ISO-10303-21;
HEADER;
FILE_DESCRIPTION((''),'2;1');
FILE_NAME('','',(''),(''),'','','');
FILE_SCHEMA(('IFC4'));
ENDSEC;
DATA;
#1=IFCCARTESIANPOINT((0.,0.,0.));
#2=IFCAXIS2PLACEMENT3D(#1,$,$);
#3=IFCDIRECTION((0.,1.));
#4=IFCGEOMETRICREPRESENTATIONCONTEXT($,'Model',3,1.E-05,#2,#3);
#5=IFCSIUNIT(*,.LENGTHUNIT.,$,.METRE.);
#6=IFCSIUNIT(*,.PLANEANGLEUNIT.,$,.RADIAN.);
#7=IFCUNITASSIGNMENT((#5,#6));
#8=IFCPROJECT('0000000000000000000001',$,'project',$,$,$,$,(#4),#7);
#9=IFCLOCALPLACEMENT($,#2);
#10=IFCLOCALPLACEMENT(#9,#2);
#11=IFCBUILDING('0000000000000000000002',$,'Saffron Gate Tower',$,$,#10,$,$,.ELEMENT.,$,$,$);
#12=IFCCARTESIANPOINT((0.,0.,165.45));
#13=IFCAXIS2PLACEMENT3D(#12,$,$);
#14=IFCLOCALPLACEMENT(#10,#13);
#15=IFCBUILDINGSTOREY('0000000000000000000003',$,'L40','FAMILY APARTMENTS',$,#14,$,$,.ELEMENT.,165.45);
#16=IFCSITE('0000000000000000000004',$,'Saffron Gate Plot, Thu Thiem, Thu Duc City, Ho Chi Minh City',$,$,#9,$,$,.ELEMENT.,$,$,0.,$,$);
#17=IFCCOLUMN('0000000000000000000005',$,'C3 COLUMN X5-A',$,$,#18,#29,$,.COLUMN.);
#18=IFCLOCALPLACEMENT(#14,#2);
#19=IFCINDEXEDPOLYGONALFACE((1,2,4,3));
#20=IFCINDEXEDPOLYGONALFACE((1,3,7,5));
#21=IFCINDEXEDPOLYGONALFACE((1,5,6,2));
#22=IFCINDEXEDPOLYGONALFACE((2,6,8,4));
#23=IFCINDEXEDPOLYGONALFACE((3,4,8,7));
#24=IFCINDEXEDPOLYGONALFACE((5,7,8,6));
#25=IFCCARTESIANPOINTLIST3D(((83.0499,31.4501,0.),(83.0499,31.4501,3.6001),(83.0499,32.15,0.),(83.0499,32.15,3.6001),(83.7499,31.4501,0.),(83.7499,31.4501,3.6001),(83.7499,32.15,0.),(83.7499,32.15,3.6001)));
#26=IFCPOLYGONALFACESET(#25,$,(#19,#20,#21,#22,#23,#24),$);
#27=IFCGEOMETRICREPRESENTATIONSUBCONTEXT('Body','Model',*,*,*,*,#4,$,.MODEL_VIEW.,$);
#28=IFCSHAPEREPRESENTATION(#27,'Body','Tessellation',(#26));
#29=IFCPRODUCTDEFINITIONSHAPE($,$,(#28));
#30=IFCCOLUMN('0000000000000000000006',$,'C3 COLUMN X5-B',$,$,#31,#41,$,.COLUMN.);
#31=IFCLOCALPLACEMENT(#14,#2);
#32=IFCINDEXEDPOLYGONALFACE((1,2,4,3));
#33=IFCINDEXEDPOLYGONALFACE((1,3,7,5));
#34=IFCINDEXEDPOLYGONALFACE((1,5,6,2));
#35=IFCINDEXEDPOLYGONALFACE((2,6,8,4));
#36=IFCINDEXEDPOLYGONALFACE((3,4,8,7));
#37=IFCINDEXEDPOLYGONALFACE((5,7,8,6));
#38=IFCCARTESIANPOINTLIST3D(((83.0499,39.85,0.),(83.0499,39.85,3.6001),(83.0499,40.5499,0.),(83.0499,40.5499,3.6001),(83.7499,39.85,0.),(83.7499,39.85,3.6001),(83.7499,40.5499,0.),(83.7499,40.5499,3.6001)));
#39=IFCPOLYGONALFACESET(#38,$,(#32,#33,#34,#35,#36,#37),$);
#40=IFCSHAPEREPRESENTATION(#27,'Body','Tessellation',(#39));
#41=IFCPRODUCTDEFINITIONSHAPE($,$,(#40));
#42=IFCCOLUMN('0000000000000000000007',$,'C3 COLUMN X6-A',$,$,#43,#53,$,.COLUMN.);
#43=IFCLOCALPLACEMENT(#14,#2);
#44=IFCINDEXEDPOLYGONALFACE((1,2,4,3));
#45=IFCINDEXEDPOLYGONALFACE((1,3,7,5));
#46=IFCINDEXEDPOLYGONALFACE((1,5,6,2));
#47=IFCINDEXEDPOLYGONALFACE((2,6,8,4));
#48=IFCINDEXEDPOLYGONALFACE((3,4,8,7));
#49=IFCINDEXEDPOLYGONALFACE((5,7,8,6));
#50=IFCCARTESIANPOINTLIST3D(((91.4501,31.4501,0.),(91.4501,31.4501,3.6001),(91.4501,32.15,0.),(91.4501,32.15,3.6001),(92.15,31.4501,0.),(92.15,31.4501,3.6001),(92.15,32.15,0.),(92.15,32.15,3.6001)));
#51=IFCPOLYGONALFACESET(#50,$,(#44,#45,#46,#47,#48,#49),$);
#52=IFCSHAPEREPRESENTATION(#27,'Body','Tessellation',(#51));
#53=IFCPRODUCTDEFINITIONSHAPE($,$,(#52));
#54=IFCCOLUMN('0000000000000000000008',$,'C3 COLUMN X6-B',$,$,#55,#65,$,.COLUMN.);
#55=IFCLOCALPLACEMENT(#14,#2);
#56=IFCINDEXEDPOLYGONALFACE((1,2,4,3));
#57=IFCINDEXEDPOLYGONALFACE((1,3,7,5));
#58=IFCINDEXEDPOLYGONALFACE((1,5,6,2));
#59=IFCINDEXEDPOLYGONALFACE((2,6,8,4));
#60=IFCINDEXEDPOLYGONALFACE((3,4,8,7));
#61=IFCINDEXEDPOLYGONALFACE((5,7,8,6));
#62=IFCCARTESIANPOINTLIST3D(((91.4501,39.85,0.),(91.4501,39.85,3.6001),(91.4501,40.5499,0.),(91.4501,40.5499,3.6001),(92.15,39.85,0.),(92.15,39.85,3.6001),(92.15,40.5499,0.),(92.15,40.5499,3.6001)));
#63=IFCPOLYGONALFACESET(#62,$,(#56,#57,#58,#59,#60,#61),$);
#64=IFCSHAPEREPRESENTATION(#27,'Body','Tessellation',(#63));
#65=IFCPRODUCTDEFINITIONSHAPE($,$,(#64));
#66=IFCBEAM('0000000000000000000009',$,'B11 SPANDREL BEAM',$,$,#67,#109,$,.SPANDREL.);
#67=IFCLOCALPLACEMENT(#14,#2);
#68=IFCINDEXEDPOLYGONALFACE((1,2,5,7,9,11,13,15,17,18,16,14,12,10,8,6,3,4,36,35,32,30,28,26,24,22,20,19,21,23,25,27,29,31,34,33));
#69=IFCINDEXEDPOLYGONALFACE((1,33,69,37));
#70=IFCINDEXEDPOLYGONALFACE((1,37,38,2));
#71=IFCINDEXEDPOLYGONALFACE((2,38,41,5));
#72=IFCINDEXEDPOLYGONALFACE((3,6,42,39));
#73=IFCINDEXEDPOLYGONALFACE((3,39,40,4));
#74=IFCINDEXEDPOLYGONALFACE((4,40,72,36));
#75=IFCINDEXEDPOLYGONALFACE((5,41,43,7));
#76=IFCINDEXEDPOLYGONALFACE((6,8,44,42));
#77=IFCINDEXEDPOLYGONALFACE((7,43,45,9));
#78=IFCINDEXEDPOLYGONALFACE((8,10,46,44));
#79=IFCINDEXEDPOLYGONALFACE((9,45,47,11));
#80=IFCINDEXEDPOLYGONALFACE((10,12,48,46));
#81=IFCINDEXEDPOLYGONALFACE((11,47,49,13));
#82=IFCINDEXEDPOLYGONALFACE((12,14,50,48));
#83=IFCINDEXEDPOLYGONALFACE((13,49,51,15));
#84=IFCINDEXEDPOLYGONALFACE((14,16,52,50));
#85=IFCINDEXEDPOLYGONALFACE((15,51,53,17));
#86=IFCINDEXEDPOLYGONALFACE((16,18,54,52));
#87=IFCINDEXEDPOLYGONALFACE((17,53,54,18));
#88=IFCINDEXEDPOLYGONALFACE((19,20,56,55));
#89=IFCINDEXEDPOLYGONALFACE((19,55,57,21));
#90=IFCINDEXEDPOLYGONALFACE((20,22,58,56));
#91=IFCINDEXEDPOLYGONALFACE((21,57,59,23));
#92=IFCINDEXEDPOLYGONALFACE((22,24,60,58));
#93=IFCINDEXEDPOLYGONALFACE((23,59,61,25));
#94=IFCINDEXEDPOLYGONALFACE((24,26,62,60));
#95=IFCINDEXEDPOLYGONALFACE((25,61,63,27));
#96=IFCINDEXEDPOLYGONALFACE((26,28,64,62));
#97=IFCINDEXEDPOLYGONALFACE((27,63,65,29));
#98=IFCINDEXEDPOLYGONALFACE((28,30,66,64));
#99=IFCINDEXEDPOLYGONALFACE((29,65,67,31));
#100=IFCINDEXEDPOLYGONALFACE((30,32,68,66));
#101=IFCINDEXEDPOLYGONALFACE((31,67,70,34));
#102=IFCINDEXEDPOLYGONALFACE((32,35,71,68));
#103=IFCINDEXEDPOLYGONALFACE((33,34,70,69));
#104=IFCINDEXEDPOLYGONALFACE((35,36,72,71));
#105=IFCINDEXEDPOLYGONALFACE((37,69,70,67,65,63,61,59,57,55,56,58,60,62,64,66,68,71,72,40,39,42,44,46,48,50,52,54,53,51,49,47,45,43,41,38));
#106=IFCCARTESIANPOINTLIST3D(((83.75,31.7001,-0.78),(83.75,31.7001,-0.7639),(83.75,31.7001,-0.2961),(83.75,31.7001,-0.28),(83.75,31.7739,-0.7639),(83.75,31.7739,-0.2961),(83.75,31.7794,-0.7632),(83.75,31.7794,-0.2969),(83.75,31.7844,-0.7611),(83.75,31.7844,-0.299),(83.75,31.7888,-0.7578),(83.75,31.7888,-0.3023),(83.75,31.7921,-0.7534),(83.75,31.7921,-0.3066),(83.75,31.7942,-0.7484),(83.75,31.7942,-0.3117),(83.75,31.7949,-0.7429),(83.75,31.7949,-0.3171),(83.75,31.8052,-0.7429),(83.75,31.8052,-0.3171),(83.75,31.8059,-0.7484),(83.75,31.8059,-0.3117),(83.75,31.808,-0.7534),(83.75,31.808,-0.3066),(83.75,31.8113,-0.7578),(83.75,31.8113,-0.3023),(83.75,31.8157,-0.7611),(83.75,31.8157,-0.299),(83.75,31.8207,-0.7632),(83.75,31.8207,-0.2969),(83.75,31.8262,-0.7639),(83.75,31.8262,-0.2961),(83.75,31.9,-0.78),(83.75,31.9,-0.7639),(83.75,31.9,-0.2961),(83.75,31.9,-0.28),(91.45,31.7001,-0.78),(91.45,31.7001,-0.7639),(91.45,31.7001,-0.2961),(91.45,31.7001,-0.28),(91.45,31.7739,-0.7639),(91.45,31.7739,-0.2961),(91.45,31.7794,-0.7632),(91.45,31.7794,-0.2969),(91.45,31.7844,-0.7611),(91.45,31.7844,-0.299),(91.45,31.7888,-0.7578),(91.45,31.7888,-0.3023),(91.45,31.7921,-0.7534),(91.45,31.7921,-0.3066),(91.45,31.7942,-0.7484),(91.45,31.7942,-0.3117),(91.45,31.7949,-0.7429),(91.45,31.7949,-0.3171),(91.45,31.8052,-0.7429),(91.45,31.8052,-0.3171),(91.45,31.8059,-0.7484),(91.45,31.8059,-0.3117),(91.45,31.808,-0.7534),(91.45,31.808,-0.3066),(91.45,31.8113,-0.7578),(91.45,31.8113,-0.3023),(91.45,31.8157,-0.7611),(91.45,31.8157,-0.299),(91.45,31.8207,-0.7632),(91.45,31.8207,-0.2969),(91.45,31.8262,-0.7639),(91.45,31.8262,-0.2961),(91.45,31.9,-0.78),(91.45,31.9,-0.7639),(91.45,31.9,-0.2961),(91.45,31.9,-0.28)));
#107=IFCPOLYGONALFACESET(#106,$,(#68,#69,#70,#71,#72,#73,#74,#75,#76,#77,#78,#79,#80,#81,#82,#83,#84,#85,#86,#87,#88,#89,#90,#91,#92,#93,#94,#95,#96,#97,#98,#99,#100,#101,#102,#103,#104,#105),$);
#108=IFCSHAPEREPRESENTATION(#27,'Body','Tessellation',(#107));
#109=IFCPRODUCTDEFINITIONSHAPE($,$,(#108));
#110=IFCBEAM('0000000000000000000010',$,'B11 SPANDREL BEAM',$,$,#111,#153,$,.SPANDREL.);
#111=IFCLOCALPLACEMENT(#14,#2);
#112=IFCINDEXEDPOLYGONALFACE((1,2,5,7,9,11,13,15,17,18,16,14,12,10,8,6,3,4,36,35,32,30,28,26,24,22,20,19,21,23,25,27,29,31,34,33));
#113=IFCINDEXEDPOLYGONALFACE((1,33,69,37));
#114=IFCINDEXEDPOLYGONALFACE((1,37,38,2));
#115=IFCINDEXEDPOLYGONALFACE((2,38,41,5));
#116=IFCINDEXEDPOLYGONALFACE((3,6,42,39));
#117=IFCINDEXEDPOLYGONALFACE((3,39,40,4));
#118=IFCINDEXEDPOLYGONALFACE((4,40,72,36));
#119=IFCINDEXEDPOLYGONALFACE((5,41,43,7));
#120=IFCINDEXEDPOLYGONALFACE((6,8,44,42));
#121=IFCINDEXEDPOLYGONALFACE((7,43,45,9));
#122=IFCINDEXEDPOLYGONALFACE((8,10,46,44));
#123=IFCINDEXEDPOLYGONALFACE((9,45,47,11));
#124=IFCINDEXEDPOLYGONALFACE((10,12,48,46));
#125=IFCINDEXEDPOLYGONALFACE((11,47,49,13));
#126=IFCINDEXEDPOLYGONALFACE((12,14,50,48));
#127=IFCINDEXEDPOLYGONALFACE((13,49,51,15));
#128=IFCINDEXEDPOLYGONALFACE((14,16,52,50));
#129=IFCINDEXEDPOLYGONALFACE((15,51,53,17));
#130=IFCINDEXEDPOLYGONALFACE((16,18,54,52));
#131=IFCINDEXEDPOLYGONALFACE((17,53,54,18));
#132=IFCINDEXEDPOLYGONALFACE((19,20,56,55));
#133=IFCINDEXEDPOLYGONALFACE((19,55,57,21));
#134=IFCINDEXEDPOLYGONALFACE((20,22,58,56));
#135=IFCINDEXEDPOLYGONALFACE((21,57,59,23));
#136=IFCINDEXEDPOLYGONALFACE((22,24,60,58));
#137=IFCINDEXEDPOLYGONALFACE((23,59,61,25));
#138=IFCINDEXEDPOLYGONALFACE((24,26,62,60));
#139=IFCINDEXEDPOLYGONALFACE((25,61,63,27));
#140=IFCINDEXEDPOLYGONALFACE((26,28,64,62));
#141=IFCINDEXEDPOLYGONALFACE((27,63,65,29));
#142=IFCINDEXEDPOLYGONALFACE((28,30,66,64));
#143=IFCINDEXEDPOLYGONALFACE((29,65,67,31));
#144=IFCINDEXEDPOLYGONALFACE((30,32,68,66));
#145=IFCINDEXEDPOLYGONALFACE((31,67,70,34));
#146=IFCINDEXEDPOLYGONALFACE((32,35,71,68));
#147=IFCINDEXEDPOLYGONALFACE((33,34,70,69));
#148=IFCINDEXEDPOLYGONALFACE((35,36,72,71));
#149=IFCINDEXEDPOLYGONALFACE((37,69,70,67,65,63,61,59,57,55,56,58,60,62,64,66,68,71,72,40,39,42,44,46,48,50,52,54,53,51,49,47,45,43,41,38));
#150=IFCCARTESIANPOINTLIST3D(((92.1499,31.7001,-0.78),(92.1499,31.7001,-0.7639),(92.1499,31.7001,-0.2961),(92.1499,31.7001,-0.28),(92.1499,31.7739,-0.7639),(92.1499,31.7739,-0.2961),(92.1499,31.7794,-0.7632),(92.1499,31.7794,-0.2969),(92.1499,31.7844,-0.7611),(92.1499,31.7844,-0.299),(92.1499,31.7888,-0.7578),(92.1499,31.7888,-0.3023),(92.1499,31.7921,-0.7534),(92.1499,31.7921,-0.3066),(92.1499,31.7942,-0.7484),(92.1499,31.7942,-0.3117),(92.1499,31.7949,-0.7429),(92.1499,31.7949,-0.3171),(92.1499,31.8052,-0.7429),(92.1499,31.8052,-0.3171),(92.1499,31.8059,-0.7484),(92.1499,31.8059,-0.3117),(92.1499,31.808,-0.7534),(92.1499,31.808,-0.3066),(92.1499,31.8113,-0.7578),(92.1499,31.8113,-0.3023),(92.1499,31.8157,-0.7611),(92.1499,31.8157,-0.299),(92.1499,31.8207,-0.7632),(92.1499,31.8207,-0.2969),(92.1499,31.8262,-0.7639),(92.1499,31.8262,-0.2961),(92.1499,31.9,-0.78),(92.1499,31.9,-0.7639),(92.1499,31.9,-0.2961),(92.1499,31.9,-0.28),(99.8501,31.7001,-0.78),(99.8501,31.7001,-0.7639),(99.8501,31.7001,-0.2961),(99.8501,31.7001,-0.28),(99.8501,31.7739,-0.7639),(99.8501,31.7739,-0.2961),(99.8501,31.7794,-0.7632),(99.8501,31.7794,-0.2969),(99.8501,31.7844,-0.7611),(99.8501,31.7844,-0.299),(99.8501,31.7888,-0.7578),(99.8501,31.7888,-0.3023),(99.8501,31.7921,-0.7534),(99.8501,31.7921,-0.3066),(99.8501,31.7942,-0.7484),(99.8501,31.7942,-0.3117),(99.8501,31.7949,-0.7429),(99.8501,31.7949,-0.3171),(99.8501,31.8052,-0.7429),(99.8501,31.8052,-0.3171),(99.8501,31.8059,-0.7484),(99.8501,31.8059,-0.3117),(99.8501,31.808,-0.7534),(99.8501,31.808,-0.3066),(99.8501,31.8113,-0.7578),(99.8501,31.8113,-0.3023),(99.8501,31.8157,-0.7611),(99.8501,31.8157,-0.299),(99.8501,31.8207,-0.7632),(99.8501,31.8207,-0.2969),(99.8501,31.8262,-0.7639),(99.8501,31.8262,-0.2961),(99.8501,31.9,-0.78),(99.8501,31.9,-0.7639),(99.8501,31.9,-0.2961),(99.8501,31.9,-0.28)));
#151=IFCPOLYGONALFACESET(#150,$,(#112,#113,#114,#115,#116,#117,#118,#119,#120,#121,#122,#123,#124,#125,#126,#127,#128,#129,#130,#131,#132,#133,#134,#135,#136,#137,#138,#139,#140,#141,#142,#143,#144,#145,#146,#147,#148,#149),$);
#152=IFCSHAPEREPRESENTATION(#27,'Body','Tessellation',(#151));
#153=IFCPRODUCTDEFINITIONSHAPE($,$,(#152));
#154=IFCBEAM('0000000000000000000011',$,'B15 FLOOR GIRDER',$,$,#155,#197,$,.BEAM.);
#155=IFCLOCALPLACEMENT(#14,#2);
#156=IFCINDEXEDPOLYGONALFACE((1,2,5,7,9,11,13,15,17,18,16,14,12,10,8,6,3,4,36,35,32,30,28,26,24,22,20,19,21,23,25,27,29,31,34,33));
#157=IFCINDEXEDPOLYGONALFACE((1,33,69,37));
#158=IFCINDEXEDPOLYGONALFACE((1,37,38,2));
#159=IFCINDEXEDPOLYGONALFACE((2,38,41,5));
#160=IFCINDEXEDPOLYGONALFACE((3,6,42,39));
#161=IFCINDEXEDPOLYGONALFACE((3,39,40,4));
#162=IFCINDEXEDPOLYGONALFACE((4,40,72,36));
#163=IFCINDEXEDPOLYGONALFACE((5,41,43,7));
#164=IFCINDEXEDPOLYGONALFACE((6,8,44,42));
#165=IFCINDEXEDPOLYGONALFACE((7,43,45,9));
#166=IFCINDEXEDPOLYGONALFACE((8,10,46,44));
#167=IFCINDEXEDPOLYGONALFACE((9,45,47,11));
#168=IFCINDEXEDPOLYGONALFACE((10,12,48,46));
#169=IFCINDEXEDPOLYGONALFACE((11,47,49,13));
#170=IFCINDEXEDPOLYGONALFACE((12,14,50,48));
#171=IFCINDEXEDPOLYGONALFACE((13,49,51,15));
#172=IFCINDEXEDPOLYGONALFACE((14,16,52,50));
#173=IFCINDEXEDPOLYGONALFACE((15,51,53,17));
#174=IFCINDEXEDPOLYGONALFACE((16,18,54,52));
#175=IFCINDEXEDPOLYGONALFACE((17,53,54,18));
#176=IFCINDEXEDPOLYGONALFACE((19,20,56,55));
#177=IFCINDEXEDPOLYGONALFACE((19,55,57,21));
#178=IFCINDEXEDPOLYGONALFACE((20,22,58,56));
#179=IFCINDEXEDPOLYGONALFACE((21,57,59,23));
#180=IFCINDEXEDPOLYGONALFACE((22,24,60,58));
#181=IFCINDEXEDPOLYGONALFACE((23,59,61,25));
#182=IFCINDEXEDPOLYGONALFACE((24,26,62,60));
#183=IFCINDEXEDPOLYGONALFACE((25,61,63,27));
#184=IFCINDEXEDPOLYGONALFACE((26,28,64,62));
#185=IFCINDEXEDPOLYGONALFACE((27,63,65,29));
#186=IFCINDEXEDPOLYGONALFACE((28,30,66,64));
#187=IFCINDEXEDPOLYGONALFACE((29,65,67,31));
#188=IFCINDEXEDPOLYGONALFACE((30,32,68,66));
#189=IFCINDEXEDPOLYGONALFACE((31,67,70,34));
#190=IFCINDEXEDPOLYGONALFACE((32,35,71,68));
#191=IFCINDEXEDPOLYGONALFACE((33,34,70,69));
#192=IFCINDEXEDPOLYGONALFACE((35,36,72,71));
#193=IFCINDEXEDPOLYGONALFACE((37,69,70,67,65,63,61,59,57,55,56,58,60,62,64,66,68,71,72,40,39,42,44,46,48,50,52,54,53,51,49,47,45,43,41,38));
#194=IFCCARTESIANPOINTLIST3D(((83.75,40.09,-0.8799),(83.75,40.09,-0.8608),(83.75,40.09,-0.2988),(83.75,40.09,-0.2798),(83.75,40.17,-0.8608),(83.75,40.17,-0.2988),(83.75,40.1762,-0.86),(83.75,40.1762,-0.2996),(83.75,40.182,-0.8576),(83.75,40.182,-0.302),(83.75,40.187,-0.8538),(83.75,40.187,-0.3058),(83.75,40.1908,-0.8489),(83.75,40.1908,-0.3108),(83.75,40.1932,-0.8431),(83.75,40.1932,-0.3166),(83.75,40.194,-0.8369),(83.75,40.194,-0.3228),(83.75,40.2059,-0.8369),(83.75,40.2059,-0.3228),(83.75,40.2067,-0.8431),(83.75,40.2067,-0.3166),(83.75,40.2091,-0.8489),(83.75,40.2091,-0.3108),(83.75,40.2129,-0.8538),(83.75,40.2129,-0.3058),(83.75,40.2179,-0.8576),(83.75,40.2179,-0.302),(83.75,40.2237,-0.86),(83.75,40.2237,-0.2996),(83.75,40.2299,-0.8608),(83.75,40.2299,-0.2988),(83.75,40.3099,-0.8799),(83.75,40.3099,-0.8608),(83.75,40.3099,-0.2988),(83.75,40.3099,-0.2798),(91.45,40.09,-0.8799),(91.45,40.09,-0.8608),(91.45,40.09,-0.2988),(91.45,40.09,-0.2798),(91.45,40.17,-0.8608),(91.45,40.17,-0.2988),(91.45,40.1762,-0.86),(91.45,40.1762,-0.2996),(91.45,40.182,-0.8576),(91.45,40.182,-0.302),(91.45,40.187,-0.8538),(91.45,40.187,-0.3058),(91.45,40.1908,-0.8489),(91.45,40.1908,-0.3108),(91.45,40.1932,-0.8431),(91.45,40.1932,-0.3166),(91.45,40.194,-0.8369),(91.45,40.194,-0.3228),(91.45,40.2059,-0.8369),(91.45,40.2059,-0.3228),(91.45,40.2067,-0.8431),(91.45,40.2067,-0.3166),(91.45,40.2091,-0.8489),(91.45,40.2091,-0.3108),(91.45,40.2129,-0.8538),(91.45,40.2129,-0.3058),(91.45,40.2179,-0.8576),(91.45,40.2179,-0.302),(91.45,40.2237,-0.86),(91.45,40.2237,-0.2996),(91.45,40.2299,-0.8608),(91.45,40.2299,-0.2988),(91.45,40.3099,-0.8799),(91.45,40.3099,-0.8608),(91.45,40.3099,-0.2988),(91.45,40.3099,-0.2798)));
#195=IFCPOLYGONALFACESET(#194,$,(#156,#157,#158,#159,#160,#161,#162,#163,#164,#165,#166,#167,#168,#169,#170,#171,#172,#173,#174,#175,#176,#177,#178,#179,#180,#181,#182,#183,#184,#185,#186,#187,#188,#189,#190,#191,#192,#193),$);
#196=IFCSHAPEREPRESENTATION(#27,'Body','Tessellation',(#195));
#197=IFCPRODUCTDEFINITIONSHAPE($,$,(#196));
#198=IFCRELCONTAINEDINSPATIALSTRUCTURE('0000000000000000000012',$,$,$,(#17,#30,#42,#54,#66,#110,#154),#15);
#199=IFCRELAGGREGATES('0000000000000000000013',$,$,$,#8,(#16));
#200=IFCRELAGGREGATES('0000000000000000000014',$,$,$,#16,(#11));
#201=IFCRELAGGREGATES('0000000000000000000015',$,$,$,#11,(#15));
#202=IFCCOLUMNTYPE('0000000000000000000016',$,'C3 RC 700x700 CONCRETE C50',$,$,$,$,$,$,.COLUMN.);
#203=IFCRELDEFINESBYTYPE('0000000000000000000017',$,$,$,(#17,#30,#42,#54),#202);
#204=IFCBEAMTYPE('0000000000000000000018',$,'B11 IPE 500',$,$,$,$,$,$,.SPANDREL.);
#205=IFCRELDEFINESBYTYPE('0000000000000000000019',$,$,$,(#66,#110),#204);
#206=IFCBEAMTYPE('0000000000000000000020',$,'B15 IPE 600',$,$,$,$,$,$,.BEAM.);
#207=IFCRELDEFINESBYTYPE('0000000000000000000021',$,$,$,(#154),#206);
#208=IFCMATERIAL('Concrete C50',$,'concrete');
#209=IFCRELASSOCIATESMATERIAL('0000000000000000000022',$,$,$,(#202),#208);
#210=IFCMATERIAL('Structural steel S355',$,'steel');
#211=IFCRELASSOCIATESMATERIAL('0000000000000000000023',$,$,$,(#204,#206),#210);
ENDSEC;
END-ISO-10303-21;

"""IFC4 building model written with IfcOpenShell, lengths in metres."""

from ifc_helpers import new_model, si_unit, direction, frame, origin, origin_2d, place, context, subcontext, project, spatial, rectangle, i_section, extrude, material, material_profile, profile_set, type_object, element, save


model = new_model("IFC4")

# Units and contexts
model_context = context("Model", 3, precision=1e-05, world=origin(), true_north=direction((0.0, 1.0)))
body_context = subcontext(model_context, "Body", "Model", "MODEL_VIEW")
ifc_project = project(units=[si_unit("LENGTHUNIT", "METRE"), si_unit("PLANEANGLEUNIT", "RADIAN")], contexts=[model_context])

# Site, building, storey
site_placement = place(None, origin())
site = spatial("IfcSite", under=ifc_project, at=site_placement, Name="Saffron Gate Plot, Thu Thiem, Thu Duc City, Ho Chi Minh City", CompositionType="ELEMENT", RefElevation=0.0)
building_placement = place(site_placement, origin())
building = spatial("IfcBuilding", under=site, at=building_placement, Name="Saffron Gate Tower", CompositionType="ELEMENT")
storey_placement = place(building_placement, frame((0.0, 0.0, 165.45)))
storey = spatial("IfcBuildingStorey", under=building, at=storey_placement, Name="L40", Description="FAMILY APARTMENTS", CompositionType="ELEMENT", Elevation=165.45)

# Columns
ifc_material_1 = material(Name="Concrete C50", Category="concrete")
ifc_material_profile_1 = material_profile(ifc_material_1, rectangle(XDim=0.7, YDim=0.7, at=origin_2d()))
ifc_profile_set_1 = profile_set([ifc_material_profile_1], Name="Concrete C50")
column_type = type_object("IfcColumnType", Name="C3 RC 700x700 CONCRETE C50", PredefinedType="COLUMN", material=ifc_profile_set_1)
for number, where, z_axis, x_axis, name in (
    (1, (83.3999, 31.8, 0.0), (0.0, 0.0, 1.0), (1.0, 0.0, 0.0), "C3 COLUMN X5-A"),
    (2, (83.3999, 40.2, 0.0), (0.0, 0.0, 1.0), (1.0, 0.0, 0.0), "C3 COLUMN X5-B"),
    (3, (91.8, 31.8, 0.0), (0.0, 0.0, 1.0), (1.0, 0.0, 0.0), "C3 COLUMN X6-A"),
    (4, (91.8, 40.2, 0.0), (0.0, 0.0, 1.0), (1.0, 0.0, 0.0), "C3 COLUMN X6-B"),
):
    element("IfcColumn", number, at=place(storey_placement, frame(where, z_axis=z_axis, x_axis=x_axis)), inside=storey, type_object=column_type, Name=name, PredefinedType="COLUMN", context=body_context, shape_type="SweptSolid", body=[
        extrude(rectangle(XDim=0.7, YDim=0.7, at=origin_2d()), origin(), (0.0, 0.0, 1.0), 3.6001),
    ])

# Beams
ifc_material_2 = material(Name="Structural steel S355", Category="steel")
ifc_material_profile_2 = material_profile(ifc_material_2, i_section(OverallWidth=0.2, OverallDepth=0.5, WebThickness=0.0103, FlangeThickness=0.0161, FilletRadius=0.021, at=origin_2d()))
ifc_profile_set_2 = profile_set([ifc_material_profile_2], Name="Structural steel S355")
beam_type_1 = type_object("IfcBeamType", Name="B11 IPE 500", PredefinedType="SPANDREL", material=ifc_profile_set_2)
beam_1_placement = place(storey_placement, frame((83.75, 31.8, -0.53), z_axis=(1.0, 0.0, 0.0), x_axis=(0.0, 1.0, 0.0)))
element("IfcBeam", 5, at=beam_1_placement, inside=storey, type_object=beam_type_1, Name="B11 SPANDREL BEAM", PredefinedType="SPANDREL", context=body_context, shape_type="SweptSolid", body=[
    extrude(i_section(OverallWidth=0.2, OverallDepth=0.5, WebThickness=0.0103, FlangeThickness=0.0161, FilletRadius=0.021, at=origin_2d()), origin(), (0.0, 0.0, 1.0), 7.7),
])
beam_2_placement = place(storey_placement, frame((92.1499, 31.8, -0.53), z_axis=(1.0, 0.0, 0.0), x_axis=(0.0, 1.0, 0.0)))
element("IfcBeam", 6, at=beam_2_placement, inside=storey, type_object=beam_type_1, Name="B11 SPANDREL BEAM", PredefinedType="SPANDREL", context=body_context, shape_type="SweptSolid", body=[
    extrude(i_section(OverallWidth=0.2, OverallDepth=0.5, WebThickness=0.0103, FlangeThickness=0.0161, FilletRadius=0.021, at=origin_2d()), origin(), (0.0, 0.0, 1.0), 7.7002),
])
ifc_material_profile_3 = material_profile(ifc_material_2, i_section(OverallWidth=0.22, OverallDepth=0.6001, WebThickness=0.012, FlangeThickness=0.019, FilletRadius=0.0239, at=origin_2d()))
ifc_profile_set_3 = profile_set([ifc_material_profile_3], Name="Structural steel S355")
beam_type_2 = type_object("IfcBeamType", Name="B15 IPE 600", PredefinedType="BEAM", material=ifc_profile_set_3)
beam_3_placement = place(storey_placement, frame((83.75, 40.2, -0.5798), z_axis=(1.0, 0.0, 0.0), x_axis=(0.0, 1.0, 0.0)))
element("IfcBeam", 7, at=beam_3_placement, inside=storey, type_object=beam_type_2, Name="B15 FLOOR GIRDER", PredefinedType="BEAM", context=body_context, shape_type="SweptSolid", body=[
    extrude(i_section(OverallWidth=0.22, OverallDepth=0.6001, WebThickness=0.012, FlangeThickness=0.019, FilletRadius=0.0239, at=origin_2d()), origin(), (0.0, 0.0, 1.0), 7.7),
])

save(model, "model.ifc")
